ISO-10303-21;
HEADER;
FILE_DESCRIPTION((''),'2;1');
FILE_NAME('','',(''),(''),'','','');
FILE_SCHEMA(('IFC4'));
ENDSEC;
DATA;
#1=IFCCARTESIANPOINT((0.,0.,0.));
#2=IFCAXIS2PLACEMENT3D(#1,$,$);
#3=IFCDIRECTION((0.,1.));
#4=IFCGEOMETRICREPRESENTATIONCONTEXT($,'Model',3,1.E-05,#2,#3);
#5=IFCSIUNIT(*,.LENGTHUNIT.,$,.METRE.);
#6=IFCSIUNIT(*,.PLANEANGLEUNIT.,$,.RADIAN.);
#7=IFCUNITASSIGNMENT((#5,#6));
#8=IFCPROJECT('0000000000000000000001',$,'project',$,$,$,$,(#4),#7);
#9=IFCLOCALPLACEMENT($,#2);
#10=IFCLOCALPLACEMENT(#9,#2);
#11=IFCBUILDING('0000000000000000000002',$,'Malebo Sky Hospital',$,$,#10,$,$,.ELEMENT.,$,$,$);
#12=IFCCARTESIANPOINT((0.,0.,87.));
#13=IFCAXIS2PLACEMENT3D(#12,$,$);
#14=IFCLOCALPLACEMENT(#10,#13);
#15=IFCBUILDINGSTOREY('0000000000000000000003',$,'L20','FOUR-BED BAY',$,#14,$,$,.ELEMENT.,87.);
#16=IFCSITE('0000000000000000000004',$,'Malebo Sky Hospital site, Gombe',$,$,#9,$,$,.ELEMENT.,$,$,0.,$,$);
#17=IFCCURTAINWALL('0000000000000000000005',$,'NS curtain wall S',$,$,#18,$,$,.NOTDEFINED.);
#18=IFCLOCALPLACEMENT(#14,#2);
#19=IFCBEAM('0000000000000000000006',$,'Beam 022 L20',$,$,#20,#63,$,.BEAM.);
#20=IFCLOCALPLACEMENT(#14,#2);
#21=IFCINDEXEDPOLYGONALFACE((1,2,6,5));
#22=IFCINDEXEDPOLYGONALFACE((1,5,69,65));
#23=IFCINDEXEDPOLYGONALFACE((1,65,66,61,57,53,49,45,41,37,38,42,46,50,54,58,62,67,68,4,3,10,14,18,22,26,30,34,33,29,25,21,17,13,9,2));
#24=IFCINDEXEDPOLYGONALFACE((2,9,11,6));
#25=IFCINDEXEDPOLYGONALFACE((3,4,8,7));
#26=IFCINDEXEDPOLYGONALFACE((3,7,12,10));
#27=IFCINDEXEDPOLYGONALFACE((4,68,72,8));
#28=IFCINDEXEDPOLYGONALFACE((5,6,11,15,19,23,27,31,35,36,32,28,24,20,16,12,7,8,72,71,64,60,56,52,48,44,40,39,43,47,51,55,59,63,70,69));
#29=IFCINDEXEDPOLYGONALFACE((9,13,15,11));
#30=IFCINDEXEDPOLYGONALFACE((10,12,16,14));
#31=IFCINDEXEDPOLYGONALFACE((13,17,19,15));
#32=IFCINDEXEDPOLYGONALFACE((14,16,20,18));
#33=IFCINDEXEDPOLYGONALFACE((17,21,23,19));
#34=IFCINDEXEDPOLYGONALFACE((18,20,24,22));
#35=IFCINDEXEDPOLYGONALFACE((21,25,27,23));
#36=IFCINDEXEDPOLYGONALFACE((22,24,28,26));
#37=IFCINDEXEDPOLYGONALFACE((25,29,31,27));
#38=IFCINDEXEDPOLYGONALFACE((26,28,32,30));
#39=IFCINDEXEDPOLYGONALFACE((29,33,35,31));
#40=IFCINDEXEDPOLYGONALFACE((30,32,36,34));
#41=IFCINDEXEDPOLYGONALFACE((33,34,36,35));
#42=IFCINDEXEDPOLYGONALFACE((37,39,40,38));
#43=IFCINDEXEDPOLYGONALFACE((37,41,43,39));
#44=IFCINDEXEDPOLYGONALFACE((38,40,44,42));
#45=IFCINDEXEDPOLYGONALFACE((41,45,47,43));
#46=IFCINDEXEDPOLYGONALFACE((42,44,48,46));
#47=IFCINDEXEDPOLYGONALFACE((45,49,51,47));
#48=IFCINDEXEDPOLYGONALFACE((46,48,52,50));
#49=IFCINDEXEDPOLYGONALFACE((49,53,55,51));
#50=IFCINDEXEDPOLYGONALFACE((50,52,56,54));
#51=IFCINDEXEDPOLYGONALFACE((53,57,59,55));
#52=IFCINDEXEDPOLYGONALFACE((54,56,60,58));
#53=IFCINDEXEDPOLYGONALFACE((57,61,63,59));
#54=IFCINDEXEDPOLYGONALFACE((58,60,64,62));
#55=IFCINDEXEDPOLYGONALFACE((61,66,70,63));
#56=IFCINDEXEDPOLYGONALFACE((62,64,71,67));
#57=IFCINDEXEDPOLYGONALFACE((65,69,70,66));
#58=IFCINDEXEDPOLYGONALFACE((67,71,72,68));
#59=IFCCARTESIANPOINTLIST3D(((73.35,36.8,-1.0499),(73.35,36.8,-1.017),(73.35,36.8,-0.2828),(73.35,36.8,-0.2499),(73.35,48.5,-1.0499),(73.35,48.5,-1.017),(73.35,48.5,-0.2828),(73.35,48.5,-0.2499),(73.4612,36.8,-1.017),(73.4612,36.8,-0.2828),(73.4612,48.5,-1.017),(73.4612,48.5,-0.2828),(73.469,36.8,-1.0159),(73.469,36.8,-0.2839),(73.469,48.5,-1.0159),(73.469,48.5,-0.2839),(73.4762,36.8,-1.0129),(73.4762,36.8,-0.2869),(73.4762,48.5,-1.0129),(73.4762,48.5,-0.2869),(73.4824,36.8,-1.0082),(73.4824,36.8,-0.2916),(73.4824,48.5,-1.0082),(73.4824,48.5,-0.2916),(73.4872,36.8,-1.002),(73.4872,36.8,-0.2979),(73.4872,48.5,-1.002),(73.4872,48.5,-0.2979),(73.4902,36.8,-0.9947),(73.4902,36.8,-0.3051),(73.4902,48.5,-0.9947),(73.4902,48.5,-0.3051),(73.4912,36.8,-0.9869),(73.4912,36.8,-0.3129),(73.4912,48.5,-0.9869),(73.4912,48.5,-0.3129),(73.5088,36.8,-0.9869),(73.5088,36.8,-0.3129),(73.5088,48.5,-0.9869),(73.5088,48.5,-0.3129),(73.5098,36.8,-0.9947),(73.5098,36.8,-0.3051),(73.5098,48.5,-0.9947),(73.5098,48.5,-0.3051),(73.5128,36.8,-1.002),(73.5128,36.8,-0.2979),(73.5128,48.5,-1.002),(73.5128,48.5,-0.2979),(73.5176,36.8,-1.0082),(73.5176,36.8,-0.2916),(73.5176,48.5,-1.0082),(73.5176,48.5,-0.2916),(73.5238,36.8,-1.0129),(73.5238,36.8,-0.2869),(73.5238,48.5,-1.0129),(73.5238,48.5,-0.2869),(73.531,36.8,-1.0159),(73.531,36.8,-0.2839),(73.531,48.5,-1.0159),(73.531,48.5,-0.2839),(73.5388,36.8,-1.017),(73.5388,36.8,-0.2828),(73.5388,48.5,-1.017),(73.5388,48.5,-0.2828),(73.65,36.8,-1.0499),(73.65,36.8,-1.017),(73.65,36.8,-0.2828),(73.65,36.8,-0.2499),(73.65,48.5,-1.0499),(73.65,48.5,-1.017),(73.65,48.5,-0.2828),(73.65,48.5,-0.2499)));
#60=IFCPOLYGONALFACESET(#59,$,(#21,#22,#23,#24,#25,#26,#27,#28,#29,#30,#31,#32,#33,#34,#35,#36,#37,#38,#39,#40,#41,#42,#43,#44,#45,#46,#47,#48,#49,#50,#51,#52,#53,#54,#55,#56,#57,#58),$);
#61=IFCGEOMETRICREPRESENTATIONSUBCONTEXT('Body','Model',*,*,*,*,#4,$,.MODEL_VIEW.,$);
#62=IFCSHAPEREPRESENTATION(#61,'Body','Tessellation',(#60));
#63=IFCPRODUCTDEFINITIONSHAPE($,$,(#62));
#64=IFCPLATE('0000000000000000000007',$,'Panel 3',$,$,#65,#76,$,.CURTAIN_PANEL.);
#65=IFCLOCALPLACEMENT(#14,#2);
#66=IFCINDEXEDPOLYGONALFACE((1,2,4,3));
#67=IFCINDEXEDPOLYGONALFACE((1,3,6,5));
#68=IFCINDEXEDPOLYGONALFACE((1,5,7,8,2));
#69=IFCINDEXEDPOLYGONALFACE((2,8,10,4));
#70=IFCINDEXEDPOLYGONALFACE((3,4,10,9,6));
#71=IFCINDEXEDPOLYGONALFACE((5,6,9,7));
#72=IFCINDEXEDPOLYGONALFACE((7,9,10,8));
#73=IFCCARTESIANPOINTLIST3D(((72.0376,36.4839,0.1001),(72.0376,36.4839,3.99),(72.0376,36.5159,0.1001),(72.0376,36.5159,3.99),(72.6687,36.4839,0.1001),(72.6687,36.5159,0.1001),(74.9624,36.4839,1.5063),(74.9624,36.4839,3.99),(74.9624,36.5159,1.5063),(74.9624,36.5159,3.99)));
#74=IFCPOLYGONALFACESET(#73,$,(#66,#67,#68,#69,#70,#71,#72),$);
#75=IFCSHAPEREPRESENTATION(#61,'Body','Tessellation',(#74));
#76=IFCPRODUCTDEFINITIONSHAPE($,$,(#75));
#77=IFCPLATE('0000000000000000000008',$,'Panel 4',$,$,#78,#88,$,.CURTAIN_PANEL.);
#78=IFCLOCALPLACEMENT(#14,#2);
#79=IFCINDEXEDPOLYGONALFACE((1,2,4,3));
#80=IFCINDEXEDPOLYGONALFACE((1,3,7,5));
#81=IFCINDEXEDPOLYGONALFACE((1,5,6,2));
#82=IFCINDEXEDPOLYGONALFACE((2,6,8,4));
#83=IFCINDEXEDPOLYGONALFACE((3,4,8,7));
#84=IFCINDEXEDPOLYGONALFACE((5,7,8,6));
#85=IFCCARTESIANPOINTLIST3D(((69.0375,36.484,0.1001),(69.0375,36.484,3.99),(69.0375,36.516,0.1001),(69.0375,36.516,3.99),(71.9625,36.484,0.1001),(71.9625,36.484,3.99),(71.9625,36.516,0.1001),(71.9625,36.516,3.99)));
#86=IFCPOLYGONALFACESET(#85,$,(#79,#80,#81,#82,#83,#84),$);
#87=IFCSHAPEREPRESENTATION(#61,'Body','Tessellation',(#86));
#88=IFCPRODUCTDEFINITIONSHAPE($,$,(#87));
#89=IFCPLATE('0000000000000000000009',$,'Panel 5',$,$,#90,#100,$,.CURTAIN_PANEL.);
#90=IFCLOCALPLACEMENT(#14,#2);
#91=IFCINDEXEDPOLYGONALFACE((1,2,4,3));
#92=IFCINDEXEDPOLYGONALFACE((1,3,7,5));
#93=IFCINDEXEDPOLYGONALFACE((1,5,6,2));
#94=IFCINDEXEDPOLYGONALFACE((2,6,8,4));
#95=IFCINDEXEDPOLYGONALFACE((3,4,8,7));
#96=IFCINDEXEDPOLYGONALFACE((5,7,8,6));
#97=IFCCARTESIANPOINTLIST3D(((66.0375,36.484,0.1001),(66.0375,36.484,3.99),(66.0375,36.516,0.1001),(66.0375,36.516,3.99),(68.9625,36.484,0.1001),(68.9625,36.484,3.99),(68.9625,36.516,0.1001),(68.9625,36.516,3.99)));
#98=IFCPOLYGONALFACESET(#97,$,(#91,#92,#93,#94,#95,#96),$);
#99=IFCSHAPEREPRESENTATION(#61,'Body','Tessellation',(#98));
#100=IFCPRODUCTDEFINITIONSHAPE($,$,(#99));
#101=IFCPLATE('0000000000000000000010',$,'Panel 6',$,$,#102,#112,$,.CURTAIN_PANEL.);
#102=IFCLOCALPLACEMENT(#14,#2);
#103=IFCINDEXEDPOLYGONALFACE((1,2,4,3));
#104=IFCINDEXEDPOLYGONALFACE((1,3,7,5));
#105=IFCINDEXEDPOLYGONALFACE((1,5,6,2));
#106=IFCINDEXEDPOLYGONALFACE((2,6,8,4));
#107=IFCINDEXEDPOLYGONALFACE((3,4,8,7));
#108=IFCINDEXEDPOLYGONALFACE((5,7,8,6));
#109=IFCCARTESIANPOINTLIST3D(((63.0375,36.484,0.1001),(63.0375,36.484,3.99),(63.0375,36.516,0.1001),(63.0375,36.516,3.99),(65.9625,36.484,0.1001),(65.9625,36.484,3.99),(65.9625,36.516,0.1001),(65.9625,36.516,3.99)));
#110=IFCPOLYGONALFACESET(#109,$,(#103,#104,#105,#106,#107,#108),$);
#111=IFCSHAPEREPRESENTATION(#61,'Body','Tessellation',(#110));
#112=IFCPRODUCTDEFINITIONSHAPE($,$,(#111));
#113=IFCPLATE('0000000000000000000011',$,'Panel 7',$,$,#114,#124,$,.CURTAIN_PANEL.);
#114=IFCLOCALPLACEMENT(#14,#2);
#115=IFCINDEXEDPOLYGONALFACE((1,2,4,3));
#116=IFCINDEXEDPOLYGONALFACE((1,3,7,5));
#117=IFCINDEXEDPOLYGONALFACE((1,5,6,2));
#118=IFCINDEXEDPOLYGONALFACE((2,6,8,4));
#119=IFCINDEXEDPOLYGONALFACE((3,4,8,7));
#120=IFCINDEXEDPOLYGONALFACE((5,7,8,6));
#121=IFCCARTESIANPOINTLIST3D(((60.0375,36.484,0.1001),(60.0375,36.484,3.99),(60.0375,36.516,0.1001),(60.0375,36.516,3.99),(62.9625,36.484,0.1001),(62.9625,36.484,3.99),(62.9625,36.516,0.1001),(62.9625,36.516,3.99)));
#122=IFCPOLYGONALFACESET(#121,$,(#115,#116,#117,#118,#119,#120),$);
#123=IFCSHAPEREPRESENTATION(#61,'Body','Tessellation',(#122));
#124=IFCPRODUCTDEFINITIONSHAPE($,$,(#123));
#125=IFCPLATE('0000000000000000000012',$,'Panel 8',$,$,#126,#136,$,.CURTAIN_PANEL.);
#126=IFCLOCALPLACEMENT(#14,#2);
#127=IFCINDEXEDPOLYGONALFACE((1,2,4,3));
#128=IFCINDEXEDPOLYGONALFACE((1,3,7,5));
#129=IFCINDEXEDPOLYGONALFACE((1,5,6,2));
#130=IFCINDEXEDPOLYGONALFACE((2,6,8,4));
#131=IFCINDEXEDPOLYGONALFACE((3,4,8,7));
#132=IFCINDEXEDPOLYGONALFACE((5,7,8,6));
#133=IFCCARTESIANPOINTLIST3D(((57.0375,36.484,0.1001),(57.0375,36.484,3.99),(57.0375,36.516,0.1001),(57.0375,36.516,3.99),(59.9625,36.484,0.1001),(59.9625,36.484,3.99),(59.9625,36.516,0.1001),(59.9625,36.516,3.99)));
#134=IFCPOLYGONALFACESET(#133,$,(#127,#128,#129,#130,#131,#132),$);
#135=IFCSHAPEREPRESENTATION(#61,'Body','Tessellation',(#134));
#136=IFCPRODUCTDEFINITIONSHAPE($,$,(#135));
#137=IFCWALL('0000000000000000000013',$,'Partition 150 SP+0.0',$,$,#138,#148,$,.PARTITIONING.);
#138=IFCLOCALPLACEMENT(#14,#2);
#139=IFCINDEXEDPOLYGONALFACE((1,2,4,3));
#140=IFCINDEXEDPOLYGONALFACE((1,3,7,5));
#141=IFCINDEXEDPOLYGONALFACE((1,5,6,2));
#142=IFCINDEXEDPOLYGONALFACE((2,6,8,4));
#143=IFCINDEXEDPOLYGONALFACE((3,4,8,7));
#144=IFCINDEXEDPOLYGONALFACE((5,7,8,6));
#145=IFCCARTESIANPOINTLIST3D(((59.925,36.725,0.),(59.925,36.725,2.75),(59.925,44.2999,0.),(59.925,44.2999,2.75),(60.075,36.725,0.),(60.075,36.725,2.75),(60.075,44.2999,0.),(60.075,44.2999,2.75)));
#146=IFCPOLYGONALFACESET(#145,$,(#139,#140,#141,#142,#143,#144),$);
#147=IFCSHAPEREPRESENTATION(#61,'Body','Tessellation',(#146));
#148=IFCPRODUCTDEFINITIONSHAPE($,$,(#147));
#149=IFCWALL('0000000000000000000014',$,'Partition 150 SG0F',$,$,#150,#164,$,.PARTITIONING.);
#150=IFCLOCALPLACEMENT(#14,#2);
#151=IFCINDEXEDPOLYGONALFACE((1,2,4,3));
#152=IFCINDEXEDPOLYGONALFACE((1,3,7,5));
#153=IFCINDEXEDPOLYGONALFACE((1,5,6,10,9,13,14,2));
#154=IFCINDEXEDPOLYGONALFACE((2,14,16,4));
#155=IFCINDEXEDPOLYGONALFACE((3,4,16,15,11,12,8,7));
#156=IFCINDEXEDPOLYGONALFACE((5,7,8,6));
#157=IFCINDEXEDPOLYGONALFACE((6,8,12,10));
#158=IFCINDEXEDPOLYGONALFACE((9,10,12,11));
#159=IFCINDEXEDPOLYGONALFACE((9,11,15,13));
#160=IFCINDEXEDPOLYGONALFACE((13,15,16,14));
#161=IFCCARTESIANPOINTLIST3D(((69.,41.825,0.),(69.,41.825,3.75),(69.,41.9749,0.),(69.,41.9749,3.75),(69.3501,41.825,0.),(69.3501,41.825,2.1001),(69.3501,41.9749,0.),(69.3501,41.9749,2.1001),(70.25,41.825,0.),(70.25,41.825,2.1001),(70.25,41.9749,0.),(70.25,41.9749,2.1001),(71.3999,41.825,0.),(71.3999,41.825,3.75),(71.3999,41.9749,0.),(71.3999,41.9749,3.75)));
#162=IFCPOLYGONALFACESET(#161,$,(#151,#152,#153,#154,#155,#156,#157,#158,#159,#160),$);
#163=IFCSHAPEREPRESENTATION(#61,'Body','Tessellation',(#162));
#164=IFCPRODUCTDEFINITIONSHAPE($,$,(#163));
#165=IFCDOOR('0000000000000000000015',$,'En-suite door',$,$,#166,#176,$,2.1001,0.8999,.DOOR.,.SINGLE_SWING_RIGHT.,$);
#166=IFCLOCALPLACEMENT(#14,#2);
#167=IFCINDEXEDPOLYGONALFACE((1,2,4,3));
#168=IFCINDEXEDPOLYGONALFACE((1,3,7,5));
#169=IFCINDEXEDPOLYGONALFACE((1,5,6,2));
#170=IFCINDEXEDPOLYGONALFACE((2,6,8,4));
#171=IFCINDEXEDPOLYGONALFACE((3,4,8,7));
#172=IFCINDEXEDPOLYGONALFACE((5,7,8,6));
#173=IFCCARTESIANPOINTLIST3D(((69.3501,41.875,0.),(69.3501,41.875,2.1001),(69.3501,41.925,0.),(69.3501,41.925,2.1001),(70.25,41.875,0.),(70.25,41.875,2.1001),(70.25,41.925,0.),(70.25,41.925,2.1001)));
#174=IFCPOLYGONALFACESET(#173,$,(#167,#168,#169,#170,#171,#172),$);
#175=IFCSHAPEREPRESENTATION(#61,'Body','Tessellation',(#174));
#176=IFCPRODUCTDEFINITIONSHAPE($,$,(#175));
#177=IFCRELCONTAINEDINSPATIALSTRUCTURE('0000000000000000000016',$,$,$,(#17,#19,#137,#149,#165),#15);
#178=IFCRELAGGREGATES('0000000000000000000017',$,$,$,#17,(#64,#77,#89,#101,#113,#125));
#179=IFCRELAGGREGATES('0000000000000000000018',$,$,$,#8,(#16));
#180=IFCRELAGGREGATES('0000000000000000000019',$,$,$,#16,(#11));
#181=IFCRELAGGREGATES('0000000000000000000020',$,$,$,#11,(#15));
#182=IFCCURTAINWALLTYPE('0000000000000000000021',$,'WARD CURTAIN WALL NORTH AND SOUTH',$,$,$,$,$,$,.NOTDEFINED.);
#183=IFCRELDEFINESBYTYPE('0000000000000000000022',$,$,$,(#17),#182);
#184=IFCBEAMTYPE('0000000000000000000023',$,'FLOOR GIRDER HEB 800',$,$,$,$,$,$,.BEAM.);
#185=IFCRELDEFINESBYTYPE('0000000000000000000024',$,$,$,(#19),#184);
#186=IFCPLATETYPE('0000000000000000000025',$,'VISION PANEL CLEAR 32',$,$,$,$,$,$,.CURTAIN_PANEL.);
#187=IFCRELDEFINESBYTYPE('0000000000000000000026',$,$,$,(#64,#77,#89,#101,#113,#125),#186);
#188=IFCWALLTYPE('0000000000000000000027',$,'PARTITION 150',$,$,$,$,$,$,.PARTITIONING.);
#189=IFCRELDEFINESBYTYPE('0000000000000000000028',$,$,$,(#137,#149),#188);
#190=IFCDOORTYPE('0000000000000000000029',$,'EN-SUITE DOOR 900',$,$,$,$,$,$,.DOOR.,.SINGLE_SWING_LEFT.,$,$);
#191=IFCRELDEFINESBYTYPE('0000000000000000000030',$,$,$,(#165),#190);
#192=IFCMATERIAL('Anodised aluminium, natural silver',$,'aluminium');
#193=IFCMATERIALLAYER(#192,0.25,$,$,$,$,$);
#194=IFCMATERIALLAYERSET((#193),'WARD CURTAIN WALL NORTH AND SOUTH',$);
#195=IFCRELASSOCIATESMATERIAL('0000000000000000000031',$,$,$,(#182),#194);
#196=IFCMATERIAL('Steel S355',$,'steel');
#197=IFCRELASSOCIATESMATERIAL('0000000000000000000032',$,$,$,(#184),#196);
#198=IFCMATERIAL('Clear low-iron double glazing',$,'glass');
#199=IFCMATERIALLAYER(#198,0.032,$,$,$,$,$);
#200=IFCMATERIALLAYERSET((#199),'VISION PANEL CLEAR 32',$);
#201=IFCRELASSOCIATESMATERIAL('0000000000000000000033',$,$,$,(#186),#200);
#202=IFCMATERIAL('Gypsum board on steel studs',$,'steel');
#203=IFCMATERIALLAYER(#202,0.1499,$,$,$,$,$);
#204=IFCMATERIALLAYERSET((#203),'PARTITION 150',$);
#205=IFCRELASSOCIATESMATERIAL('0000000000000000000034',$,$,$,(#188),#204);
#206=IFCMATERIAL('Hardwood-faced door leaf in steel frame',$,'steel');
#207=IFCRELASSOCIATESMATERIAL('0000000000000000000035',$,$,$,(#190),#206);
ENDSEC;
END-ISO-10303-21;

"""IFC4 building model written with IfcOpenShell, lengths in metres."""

from ifc_helpers import new_model, si_unit, direction, frame, frame_2d, origin, origin_2d, place, context, subcontext, project, spatial, polyline, rectangle, i_section, outline, extrude, material, layer, layer_set, material_profile, profile_set, type_object, element, fill, aggregate, save


model = new_model("IFC4")

# Units and contexts
model_context = context("Model", 3, precision=1e-05, world=origin(), true_north=direction((0.0, 1.0)))
body_context = subcontext(model_context, "Body", "Model", "MODEL_VIEW")
ifc_project = project(units=[si_unit("LENGTHUNIT", "METRE"), si_unit("PLANEANGLEUNIT", "RADIAN")], contexts=[model_context])

# Site, building, storey
site_placement = place(None, origin())
site = spatial("IfcSite", under=ifc_project, at=site_placement, Name="Malebo Sky Hospital site, Gombe", CompositionType="ELEMENT", RefElevation=0.0)
building_placement = place(site_placement, origin())
building = spatial("IfcBuilding", under=site, at=building_placement, Name="Malebo Sky Hospital", CompositionType="ELEMENT")
storey_placement = place(building_placement, frame((0.0, 0.0, 87.0)))
storey = spatial("IfcBuildingStorey", under=building, at=storey_placement, Name="L20", Description="FOUR-BED BAY", CompositionType="ELEMENT", Elevation=87.0)

# Curtain wall
ifc_material_1 = material(Name="Anodised aluminium, natural silver", Category="aluminium")
ifc_layer_1 = layer(ifc_material_1, 0.25)
ifc_layer_set_1 = layer_set([ifc_layer_1], Name="WARD CURTAIN WALL NORTH AND SOUTH")
curtain_wall_type = type_object("IfcCurtainWallType", Name="WARD CURTAIN WALL NORTH AND SOUTH", PredefinedType="NOTDEFINED", material=ifc_layer_set_1)
curtain_wall_placement = place(storey_placement, origin())
curtain_wall = element("IfcCurtainWall", 1, at=curtain_wall_placement, inside=storey, type_object=curtain_wall_type, Name="NS curtain wall S", PredefinedType="NOTDEFINED")

# Shared definitions
ifc_material_2 = material(Name="Steel S355", Category="steel")

# Beam
ifc_material_profile_1 = material_profile(ifc_material_2, i_section(OverallWidth=0.3, OverallDepth=0.8, WebThickness=0.0176, FlangeThickness=0.033, FilletRadius=0.03, at=origin_2d()), Name="HEB 800")
ifc_profile_set_1 = profile_set([ifc_material_profile_1], Name="Steel S355")
beam_type_1 = type_object("IfcBeamType", Name="FLOOR GIRDER HEB 800", PredefinedType="BEAM", material=ifc_profile_set_1)
beam_1_placement = place(storey_placement, frame((73.5, 36.8, -0.6499), z_axis=(0.0, 1.0, 0.0), x_axis=(-1.0, 0.0, 0.0)))
element("IfcBeam", 2, at=beam_1_placement, inside=storey, type_object=beam_type_1, Name="Beam 022 L20", PredefinedType="BEAM", context=body_context, shape_type="SweptSolid", body=[
    extrude(i_section(OverallWidth=0.3, OverallDepth=0.8, WebThickness=0.0176, FlangeThickness=0.033, FilletRadius=0.03, at=origin_2d()), origin(), (0.0, 0.0, 1.0), 11.7),
])

# Plates
ifc_material_3 = material(Name="Clear low-iron double glazing", Category="glass")
ifc_layer_2 = layer(ifc_material_3, 0.032)
ifc_layer_set_2 = layer_set([ifc_layer_2], Name="VISION PANEL CLEAR 32")
plate_type = type_object("IfcPlateType", Name="VISION PANEL CLEAR 32", PredefinedType="CURTAIN_PANEL", material=ifc_layer_set_2)
plate_1_placement = place(storey_placement, frame((73.5, 36.5, 0.1001), z_axis=(0.0, 0.0, 1.0), x_axis=(-1.0, 0.0, 0.0)))
plate_1 = element("IfcPlate", 3, at=plate_1_placement, type_object=plate_type, Name="Panel 3", PredefinedType="CURTAIN_PANEL", context=body_context, shape_type="SweptSolid", body=[
    extrude(outline(polyline([(0.8313, 0.0), (1.4624, 0.0), (1.4624, 3.8899), (-1.4624, 3.8899), (-1.4624, 1.4062), (0.8313, 0.0)])), frame((0.0, 0.0161, 0.0), z_axis=(0.0, -1.0, 0.0), x_axis=(1.0, 0.0, 0.0)), (0.0, 0.0, 1.0), 0.032),
])
plate_2_placement = place(storey_placement, frame((70.5, 36.5, 0.1001), z_axis=(0.0, 0.0, 1.0), x_axis=(-1.0, 0.0, 0.0)))
plate_2 = element("IfcPlate", 4, at=plate_2_placement, type_object=plate_type, Name="Panel 4", PredefinedType="CURTAIN_PANEL", context=body_context, shape_type="SweptSolid", body=[
    extrude(rectangle(XDim=2.925, YDim=0.032, at=origin_2d()), origin(), (0.0, 0.0, 1.0), 3.8899),
])
plate_3_placement = place(storey_placement, frame((67.5, 36.5, 0.1001), z_axis=(0.0, 0.0, 1.0), x_axis=(-1.0, 0.0, 0.0)))
plate_3 = element("IfcPlate", 5, at=plate_3_placement, type_object=plate_type, Name="Panel 5", PredefinedType="CURTAIN_PANEL", context=body_context, shape_type="SweptSolid", body=[
    extrude(rectangle(XDim=2.925, YDim=0.032, at=origin_2d()), origin(), (0.0, 0.0, 1.0), 3.8899),
])
plate_4_placement = place(storey_placement, frame((64.5, 36.5, 0.1001), z_axis=(0.0, 0.0, 1.0), x_axis=(-1.0, 0.0, 0.0)))
plate_4 = element("IfcPlate", 6, at=plate_4_placement, type_object=plate_type, Name="Panel 6", PredefinedType="CURTAIN_PANEL", context=body_context, shape_type="SweptSolid", body=[
    extrude(rectangle(XDim=2.925, YDim=0.032, at=origin_2d()), origin(), (0.0, 0.0, 1.0), 3.8899),
])
plate_5_placement = place(storey_placement, frame((61.5, 36.5, 0.1001), z_axis=(0.0, 0.0, 1.0), x_axis=(-1.0, 0.0, 0.0)))
plate_5 = element("IfcPlate", 7, at=plate_5_placement, type_object=plate_type, Name="Panel 7", PredefinedType="CURTAIN_PANEL", context=body_context, shape_type="SweptSolid", body=[
    extrude(rectangle(XDim=2.925, YDim=0.032, at=origin_2d()), origin(), (0.0, 0.0, 1.0), 3.8899),
])
plate_6_placement = place(storey_placement, frame((58.5, 36.5, 0.1001), z_axis=(0.0, 0.0, 1.0), x_axis=(-1.0, 0.0, 0.0)))
plate_6 = element("IfcPlate", 8, at=plate_6_placement, type_object=plate_type, Name="Panel 8", PredefinedType="CURTAIN_PANEL", context=body_context, shape_type="SweptSolid", body=[
    extrude(rectangle(XDim=2.925, YDim=0.032, at=origin_2d()), origin(), (0.0, 0.0, 1.0), 3.8899),
])
aggregate(curtain_wall, [plate_1, plate_2, plate_3, plate_4, plate_5, plate_6])

# Wall
ifc_material_4 = material(Name="Gypsum board on steel studs", Category="steel")
ifc_layer_3 = layer(ifc_material_4, 0.1499)
ifc_layer_set_3 = layer_set([ifc_layer_3], Name="PARTITION 150")
wall_type = type_object("IfcWallType", Name="PARTITION 150", PredefinedType="PARTITIONING", material=ifc_layer_set_3)
wall_1_placement = place(storey_placement, frame((60.0, 44.3, 0.0), z_axis=(0.0, 0.0, 1.0), x_axis=(0.0, -1.0, 0.0)))
element("IfcWall", 9, at=wall_1_placement, inside=storey, type_object=wall_type, Name="Partition 150 SP+0.0", PredefinedType="PARTITIONING", context=body_context, shape_type="SweptSolid", body=[
    extrude(rectangle(XDim=7.575, YDim=0.1499, at=frame_2d((3.7876, 0.0))), origin(), (0.0, 0.0, 1.0), 2.75),
])

# Wall, opening, door
wall_2_placement = place(storey_placement, frame((71.3999, 41.8999, 0.0), z_axis=(0.0, 0.0, 1.0), x_axis=(-1.0, 0.0, 0.0)))
wall_2 = element("IfcWall", 10, at=wall_2_placement, inside=storey, type_object=wall_type, Name="Partition 150 SG0F", PredefinedType="PARTITIONING", context=body_context, shape_type="SweptSolid", body=[
    extrude(rectangle(XDim=2.3999, YDim=0.1499, at=frame_2d((1.2, 0.0))), origin(), (0.0, 0.0, 1.0), 3.75),
])
opening_1_placement = place(wall_2_placement, frame((1.1499, 0.0, 0.0)))
opening_1 = element("IfcOpeningElement", 11, at=opening_1_placement, cuts=wall_2, PredefinedType="OPENING", context=body_context, shape_type="SweptSolid", body=[
    extrude(rectangle(XDim=0.8999, YDim=2.1001, at=frame_2d((0.45, 1.05))), frame((0.0, 0.085, 0.0), z_axis=(0.0, -1.0, 0.0), x_axis=(1.0, 0.0, 0.0)), (0.0, 0.0, 1.0), 0.1699),
])
ifc_material_5 = material(Name="Hardwood-faced door leaf in steel frame", Category="steel")
door_type = type_object("IfcDoorType", Name="EN-SUITE DOOR 900", OperationType="SINGLE_SWING_LEFT", PredefinedType="DOOR", material=ifc_material_5)
door_1_placement = place(opening_1_placement, origin())
door_1 = element("IfcDoor", 12, at=door_1_placement, inside=storey, type_object=door_type, Name="En-suite door", OperationType="SINGLE_SWING_RIGHT", OverallHeight=2.1001, OverallWidth=0.8999, PredefinedType="DOOR", context=body_context, shape_type="SweptSolid", body=[
    extrude(rectangle(XDim=0.8999, YDim=2.1001, at=frame_2d((0.45, 1.05))), frame((0.0, 0.0249, 0.0), z_axis=(0.0, -1.0, 0.0), x_axis=(1.0, 0.0, 0.0)), (0.0, 0.0, 1.0), 0.05),
])
fill(opening_1, door_1)

save(model, "model.ifc")
